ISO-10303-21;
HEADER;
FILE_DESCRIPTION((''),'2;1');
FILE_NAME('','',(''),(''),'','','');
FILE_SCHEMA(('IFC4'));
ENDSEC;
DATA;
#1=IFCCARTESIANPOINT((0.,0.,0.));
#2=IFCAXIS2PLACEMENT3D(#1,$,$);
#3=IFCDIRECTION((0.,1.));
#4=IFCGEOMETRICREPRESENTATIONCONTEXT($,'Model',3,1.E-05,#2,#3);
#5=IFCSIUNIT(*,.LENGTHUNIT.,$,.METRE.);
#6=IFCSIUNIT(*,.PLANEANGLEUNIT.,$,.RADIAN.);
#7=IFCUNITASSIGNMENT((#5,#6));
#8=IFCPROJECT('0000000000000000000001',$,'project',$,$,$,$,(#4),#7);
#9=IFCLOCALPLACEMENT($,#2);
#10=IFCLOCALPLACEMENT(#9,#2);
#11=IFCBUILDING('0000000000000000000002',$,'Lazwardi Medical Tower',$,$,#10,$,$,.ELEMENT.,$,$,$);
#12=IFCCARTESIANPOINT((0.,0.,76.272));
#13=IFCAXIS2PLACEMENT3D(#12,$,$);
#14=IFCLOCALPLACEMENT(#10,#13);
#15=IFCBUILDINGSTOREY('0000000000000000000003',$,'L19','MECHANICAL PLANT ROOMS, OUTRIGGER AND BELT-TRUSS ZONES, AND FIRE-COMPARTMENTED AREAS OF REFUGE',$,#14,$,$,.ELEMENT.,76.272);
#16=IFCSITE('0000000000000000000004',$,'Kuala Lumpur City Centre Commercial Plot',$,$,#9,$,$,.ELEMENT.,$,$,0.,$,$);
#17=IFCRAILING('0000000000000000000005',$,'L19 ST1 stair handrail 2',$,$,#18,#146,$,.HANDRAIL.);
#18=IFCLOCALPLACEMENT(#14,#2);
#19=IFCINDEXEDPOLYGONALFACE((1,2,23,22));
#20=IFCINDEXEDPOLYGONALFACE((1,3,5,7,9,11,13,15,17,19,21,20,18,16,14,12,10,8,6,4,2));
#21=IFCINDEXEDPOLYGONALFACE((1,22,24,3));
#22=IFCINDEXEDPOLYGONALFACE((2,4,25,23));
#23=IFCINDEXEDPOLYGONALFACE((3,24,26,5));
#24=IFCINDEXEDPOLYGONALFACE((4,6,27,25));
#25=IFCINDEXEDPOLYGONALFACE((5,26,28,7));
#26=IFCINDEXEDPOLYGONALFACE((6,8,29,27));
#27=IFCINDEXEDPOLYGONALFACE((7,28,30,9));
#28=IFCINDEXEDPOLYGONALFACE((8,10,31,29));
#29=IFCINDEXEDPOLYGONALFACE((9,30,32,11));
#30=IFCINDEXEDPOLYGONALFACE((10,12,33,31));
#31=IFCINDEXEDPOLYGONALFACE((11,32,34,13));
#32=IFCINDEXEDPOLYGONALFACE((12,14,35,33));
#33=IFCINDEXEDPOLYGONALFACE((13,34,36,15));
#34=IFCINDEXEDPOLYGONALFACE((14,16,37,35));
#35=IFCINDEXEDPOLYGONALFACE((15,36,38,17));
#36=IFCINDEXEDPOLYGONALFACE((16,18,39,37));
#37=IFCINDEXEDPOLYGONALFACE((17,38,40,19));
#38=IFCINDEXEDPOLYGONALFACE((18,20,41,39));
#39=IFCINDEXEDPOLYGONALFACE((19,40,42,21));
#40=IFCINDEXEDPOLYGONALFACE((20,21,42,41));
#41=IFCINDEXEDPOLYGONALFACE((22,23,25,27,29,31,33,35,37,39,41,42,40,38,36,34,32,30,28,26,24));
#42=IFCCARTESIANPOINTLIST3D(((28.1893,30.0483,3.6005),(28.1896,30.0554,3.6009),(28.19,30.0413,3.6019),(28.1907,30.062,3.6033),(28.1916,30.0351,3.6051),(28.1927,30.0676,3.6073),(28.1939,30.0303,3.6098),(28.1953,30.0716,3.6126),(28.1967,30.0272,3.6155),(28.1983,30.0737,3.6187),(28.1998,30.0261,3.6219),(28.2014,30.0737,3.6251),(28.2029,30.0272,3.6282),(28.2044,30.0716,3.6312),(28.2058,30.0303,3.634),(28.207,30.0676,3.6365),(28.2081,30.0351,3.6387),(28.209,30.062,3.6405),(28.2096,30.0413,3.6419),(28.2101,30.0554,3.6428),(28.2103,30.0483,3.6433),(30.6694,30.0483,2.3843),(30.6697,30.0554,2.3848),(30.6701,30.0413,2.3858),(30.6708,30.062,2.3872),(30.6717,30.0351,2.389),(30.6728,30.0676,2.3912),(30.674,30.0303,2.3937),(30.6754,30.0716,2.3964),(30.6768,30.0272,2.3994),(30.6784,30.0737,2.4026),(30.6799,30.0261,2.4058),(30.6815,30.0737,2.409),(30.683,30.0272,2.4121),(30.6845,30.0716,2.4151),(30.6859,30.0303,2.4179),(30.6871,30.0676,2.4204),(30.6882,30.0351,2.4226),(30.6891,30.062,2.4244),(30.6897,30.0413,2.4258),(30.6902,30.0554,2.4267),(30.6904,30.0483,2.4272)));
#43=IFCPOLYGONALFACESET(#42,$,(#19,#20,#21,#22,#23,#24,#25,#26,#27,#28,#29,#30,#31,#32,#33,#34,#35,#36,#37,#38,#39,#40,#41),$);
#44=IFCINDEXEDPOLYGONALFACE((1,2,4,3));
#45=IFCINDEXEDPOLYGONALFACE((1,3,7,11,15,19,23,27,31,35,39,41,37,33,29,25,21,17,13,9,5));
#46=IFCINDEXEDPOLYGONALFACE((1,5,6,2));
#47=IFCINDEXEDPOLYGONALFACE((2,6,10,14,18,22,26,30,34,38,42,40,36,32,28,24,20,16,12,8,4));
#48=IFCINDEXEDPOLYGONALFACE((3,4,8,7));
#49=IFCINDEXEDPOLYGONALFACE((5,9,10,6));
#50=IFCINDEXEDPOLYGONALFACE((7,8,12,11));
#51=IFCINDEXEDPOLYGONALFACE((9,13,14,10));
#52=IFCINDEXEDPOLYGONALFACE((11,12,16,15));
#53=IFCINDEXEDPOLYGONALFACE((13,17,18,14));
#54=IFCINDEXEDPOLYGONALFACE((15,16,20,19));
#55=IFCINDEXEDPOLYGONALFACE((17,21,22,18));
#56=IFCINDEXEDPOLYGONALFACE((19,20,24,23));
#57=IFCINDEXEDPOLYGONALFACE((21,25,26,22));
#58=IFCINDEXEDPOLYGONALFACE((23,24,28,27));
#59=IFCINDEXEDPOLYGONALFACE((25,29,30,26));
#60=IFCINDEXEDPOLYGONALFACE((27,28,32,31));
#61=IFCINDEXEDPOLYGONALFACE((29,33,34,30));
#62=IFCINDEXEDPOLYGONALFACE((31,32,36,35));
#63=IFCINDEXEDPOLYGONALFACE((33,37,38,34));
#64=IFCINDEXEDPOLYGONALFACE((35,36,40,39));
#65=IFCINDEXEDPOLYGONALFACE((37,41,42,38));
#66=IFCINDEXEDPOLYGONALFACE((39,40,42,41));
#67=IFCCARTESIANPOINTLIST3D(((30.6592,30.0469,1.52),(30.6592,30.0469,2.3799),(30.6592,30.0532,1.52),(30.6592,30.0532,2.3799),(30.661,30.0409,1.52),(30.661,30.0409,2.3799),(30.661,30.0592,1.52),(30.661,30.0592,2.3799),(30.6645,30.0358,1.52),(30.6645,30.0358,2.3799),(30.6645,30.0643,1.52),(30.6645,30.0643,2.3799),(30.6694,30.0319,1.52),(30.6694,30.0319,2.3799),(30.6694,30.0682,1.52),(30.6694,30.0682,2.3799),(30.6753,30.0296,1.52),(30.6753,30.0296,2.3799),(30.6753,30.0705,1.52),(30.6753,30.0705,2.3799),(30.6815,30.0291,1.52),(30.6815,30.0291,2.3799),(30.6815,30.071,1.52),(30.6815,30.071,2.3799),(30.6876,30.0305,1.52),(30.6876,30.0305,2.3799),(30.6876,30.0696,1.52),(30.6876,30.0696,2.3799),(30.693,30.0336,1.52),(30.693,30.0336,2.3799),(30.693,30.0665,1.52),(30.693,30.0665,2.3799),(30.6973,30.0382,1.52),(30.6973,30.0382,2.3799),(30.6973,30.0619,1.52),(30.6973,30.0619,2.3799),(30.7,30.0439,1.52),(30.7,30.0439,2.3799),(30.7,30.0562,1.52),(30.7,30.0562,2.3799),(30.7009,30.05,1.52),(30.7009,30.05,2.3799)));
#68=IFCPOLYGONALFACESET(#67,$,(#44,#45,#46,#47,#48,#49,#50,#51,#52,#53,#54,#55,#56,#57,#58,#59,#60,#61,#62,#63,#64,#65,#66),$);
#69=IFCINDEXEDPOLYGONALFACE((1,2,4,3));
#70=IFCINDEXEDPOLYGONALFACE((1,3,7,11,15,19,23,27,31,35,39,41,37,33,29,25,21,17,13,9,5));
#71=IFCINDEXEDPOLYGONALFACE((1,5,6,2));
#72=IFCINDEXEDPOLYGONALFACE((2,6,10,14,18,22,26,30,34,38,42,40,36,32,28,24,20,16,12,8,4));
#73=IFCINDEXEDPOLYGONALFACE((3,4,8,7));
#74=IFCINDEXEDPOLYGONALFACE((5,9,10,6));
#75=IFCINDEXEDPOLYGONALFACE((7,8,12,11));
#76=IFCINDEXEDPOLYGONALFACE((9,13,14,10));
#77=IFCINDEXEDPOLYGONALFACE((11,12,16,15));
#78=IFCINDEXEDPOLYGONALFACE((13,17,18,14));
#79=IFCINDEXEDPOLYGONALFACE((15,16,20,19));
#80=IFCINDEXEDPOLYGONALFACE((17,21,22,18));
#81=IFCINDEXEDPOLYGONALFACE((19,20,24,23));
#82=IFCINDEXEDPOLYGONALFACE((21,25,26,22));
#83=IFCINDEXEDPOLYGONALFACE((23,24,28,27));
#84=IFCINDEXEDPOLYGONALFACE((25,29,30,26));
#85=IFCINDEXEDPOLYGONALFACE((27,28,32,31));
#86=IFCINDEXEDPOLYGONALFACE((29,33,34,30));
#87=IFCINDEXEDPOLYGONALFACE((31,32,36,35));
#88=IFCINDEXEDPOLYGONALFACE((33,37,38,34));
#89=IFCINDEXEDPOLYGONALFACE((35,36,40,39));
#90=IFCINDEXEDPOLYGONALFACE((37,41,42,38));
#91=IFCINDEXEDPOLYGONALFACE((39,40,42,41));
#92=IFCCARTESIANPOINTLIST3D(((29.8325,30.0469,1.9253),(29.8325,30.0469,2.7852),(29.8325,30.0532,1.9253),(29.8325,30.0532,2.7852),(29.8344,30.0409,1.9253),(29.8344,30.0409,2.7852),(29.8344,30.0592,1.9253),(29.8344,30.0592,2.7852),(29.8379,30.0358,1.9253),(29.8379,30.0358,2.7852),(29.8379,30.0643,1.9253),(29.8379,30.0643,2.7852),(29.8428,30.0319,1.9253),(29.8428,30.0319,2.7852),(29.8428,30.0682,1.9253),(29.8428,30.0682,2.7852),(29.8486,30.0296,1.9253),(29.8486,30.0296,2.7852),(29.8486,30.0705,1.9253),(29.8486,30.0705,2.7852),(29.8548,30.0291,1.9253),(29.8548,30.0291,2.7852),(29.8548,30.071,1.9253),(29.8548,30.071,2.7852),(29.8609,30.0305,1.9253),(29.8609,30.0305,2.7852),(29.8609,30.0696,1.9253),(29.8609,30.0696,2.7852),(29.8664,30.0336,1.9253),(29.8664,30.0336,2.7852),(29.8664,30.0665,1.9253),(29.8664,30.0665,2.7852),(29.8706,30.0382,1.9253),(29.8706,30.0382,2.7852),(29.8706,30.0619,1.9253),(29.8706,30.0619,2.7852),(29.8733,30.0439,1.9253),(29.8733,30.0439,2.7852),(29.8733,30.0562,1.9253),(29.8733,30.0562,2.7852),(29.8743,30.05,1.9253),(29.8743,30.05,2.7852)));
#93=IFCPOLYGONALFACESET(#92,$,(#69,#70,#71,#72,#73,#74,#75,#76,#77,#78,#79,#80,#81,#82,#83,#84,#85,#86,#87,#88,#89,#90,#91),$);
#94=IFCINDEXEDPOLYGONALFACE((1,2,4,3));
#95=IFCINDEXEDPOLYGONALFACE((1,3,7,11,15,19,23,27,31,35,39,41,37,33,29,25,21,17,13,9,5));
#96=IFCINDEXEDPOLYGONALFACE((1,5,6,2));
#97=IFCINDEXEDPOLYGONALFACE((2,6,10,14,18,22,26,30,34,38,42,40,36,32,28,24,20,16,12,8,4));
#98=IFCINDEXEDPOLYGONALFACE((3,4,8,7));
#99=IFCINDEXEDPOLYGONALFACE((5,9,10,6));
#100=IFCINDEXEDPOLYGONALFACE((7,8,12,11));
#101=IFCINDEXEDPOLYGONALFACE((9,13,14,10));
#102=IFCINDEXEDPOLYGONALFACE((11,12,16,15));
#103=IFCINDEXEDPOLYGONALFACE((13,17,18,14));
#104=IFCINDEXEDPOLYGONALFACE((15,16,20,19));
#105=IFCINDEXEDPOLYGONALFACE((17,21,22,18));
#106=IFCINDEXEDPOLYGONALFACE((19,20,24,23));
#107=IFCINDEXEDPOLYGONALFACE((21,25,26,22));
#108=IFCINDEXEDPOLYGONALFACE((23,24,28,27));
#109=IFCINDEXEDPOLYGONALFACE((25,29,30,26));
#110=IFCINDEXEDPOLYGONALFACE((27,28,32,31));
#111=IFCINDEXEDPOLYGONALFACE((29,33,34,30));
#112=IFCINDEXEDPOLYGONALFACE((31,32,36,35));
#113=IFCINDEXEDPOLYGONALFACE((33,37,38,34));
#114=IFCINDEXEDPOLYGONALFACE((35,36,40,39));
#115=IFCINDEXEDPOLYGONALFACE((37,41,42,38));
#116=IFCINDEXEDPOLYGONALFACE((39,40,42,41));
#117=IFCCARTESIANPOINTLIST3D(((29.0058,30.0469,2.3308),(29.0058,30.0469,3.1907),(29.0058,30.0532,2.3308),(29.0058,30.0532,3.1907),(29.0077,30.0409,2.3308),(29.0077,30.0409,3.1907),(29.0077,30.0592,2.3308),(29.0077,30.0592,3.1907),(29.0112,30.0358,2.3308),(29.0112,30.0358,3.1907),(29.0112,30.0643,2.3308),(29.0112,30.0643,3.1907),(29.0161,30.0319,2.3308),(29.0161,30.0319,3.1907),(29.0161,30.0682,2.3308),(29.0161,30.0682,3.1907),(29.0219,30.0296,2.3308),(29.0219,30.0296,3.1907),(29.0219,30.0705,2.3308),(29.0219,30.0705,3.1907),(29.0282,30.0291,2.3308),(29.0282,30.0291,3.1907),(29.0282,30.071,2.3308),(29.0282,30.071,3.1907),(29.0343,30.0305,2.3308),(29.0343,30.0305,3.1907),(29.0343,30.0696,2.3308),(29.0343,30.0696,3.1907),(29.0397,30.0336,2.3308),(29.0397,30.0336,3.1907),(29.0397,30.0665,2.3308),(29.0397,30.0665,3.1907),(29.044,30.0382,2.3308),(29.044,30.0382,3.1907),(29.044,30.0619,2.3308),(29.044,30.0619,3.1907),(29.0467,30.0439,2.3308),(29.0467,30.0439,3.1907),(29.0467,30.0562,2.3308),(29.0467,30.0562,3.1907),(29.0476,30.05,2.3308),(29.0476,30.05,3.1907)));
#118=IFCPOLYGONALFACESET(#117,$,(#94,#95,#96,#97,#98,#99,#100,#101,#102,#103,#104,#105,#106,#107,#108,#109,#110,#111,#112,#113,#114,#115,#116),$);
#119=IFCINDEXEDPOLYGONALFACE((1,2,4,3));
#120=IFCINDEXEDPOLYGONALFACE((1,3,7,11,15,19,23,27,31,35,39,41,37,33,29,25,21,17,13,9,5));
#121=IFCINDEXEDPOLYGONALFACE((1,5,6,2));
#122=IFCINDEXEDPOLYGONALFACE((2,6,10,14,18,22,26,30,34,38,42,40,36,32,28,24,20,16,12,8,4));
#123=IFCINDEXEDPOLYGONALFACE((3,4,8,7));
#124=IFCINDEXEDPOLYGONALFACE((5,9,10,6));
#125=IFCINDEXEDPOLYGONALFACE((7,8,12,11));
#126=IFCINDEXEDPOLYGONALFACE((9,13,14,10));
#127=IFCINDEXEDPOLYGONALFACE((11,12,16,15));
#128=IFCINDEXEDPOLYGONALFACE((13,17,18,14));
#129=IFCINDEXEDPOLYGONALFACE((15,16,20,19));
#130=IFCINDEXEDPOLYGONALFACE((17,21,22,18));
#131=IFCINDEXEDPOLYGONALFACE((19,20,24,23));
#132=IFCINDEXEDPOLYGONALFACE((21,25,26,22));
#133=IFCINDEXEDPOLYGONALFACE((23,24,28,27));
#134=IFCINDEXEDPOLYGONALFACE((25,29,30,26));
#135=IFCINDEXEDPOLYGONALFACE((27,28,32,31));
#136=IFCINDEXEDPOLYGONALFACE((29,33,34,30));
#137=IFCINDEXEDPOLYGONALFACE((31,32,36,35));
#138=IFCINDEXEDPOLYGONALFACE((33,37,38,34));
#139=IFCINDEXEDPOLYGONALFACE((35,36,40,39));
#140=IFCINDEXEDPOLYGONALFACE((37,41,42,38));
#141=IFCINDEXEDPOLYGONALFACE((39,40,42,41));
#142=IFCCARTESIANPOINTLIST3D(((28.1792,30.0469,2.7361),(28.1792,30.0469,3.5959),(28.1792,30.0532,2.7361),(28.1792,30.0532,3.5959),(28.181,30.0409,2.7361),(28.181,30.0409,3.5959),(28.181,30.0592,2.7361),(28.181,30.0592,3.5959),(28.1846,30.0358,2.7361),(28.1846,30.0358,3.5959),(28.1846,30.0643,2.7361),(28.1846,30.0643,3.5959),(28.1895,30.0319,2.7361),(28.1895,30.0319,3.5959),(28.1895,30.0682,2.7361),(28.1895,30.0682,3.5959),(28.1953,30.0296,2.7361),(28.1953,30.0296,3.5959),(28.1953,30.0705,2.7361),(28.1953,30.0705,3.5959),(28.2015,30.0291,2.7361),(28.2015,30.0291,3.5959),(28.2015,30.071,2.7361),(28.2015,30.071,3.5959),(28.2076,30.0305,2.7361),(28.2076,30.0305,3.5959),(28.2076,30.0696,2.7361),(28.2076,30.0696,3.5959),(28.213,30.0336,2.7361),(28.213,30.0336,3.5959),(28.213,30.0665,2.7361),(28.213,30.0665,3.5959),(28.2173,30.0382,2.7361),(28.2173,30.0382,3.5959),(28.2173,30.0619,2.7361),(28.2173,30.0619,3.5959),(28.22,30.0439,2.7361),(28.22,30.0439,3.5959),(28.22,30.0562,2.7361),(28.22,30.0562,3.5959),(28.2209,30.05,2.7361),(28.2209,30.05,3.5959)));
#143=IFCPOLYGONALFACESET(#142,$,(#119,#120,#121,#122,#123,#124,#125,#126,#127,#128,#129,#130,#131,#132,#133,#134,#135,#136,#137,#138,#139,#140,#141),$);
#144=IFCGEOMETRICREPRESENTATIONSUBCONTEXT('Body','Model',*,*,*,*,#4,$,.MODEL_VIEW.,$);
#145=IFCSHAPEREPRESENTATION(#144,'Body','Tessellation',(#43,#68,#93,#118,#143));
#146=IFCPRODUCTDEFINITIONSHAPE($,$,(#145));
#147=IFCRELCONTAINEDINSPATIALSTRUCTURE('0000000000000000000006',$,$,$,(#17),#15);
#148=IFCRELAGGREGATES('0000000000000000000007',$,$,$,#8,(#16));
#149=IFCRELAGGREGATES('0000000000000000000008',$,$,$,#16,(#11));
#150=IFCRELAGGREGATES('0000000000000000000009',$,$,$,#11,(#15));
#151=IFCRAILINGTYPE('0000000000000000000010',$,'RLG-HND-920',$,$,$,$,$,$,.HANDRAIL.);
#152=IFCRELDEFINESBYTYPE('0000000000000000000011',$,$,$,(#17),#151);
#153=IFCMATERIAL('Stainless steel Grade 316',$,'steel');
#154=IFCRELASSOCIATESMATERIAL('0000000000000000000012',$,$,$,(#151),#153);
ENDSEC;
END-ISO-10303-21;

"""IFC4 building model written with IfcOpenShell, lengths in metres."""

from ifc_helpers import new_model, si_unit, direction, frame, origin, origin_2d, place, context, subcontext, project, spatial, circle, extrude, material, type_object, element, save


model = new_model("IFC4")

# Units and contexts
model_context = context("Model", 3, precision=1e-05, world=origin(), true_north=direction((0.0, 1.0)))
body_context = subcontext(model_context, "Body", "Model", "MODEL_VIEW")
ifc_project = project(units=[si_unit("LENGTHUNIT", "METRE"), si_unit("PLANEANGLEUNIT", "RADIAN")], contexts=[model_context])

# Site, building, storey
site_placement = place(None, origin())
site = spatial("IfcSite", under=ifc_project, at=site_placement, Name="Kuala Lumpur City Centre Commercial Plot", CompositionType="ELEMENT", RefElevation=0.0)
building_placement = place(site_placement, origin())
building = spatial("IfcBuilding", under=site, at=building_placement, Name="Lazwardi Medical Tower", CompositionType="ELEMENT")
storey_placement = place(building_placement, frame((0.0, 0.0, 76.272)))
storey = spatial("IfcBuildingStorey", under=building, at=storey_placement, Name="L19", Description="MECHANICAL PLANT ROOMS, OUTRIGGER AND BELT-TRUSS ZONES, AND FIRE-COMPARTMENTED AREAS OF REFUGE", CompositionType="ELEMENT", Elevation=76.272)

# Railing
ifc_material_1 = material(Name="Stainless steel Grade 316", Category="steel")
railing_type_1 = type_object("IfcRailingType", Name="RLG-HND-920", PredefinedType="HANDRAIL", material=ifc_material_1)
railing_1_placement = place(storey_placement, frame((30.6799, 30.05, 1.52)))
element("IfcRailing", 1, at=railing_1_placement, inside=storey, type_object=railing_type_1, Name="L19 ST1 stair handrail 2", PredefinedType="HANDRAIL", context=body_context, shape_type="SweptSolid", body=[
    extrude(circle(Radius=0.0239, at=origin_2d()), frame((0.0, 0.0, 0.8857), z_axis=(-0.897865, 0.0, 0.44027), x_axis=(0.0, -1.0, 0.0)), (0.0, 0.0, 1.0), 2.7622),
    extrude(circle(Radius=0.021, at=origin_2d()), origin(), (0.0, 0.0, 1.0), 0.8599),
    extrude(circle(Radius=0.021, at=origin_2d()), frame((-0.8267, 0.0, 0.4053)), (0.0, 0.0, 1.0), 0.8599),
    extrude(circle(Radius=0.021, at=origin_2d()), frame((-1.6533, 0.0, 0.8108)), (0.0, 0.0, 1.0), 0.8599),
    extrude(circle(Radius=0.021, at=origin_2d()), frame((-2.48, 0.0, 1.2161)), (0.0, 0.0, 1.0), 0.8599),
])

save(model, "model.ifc")
